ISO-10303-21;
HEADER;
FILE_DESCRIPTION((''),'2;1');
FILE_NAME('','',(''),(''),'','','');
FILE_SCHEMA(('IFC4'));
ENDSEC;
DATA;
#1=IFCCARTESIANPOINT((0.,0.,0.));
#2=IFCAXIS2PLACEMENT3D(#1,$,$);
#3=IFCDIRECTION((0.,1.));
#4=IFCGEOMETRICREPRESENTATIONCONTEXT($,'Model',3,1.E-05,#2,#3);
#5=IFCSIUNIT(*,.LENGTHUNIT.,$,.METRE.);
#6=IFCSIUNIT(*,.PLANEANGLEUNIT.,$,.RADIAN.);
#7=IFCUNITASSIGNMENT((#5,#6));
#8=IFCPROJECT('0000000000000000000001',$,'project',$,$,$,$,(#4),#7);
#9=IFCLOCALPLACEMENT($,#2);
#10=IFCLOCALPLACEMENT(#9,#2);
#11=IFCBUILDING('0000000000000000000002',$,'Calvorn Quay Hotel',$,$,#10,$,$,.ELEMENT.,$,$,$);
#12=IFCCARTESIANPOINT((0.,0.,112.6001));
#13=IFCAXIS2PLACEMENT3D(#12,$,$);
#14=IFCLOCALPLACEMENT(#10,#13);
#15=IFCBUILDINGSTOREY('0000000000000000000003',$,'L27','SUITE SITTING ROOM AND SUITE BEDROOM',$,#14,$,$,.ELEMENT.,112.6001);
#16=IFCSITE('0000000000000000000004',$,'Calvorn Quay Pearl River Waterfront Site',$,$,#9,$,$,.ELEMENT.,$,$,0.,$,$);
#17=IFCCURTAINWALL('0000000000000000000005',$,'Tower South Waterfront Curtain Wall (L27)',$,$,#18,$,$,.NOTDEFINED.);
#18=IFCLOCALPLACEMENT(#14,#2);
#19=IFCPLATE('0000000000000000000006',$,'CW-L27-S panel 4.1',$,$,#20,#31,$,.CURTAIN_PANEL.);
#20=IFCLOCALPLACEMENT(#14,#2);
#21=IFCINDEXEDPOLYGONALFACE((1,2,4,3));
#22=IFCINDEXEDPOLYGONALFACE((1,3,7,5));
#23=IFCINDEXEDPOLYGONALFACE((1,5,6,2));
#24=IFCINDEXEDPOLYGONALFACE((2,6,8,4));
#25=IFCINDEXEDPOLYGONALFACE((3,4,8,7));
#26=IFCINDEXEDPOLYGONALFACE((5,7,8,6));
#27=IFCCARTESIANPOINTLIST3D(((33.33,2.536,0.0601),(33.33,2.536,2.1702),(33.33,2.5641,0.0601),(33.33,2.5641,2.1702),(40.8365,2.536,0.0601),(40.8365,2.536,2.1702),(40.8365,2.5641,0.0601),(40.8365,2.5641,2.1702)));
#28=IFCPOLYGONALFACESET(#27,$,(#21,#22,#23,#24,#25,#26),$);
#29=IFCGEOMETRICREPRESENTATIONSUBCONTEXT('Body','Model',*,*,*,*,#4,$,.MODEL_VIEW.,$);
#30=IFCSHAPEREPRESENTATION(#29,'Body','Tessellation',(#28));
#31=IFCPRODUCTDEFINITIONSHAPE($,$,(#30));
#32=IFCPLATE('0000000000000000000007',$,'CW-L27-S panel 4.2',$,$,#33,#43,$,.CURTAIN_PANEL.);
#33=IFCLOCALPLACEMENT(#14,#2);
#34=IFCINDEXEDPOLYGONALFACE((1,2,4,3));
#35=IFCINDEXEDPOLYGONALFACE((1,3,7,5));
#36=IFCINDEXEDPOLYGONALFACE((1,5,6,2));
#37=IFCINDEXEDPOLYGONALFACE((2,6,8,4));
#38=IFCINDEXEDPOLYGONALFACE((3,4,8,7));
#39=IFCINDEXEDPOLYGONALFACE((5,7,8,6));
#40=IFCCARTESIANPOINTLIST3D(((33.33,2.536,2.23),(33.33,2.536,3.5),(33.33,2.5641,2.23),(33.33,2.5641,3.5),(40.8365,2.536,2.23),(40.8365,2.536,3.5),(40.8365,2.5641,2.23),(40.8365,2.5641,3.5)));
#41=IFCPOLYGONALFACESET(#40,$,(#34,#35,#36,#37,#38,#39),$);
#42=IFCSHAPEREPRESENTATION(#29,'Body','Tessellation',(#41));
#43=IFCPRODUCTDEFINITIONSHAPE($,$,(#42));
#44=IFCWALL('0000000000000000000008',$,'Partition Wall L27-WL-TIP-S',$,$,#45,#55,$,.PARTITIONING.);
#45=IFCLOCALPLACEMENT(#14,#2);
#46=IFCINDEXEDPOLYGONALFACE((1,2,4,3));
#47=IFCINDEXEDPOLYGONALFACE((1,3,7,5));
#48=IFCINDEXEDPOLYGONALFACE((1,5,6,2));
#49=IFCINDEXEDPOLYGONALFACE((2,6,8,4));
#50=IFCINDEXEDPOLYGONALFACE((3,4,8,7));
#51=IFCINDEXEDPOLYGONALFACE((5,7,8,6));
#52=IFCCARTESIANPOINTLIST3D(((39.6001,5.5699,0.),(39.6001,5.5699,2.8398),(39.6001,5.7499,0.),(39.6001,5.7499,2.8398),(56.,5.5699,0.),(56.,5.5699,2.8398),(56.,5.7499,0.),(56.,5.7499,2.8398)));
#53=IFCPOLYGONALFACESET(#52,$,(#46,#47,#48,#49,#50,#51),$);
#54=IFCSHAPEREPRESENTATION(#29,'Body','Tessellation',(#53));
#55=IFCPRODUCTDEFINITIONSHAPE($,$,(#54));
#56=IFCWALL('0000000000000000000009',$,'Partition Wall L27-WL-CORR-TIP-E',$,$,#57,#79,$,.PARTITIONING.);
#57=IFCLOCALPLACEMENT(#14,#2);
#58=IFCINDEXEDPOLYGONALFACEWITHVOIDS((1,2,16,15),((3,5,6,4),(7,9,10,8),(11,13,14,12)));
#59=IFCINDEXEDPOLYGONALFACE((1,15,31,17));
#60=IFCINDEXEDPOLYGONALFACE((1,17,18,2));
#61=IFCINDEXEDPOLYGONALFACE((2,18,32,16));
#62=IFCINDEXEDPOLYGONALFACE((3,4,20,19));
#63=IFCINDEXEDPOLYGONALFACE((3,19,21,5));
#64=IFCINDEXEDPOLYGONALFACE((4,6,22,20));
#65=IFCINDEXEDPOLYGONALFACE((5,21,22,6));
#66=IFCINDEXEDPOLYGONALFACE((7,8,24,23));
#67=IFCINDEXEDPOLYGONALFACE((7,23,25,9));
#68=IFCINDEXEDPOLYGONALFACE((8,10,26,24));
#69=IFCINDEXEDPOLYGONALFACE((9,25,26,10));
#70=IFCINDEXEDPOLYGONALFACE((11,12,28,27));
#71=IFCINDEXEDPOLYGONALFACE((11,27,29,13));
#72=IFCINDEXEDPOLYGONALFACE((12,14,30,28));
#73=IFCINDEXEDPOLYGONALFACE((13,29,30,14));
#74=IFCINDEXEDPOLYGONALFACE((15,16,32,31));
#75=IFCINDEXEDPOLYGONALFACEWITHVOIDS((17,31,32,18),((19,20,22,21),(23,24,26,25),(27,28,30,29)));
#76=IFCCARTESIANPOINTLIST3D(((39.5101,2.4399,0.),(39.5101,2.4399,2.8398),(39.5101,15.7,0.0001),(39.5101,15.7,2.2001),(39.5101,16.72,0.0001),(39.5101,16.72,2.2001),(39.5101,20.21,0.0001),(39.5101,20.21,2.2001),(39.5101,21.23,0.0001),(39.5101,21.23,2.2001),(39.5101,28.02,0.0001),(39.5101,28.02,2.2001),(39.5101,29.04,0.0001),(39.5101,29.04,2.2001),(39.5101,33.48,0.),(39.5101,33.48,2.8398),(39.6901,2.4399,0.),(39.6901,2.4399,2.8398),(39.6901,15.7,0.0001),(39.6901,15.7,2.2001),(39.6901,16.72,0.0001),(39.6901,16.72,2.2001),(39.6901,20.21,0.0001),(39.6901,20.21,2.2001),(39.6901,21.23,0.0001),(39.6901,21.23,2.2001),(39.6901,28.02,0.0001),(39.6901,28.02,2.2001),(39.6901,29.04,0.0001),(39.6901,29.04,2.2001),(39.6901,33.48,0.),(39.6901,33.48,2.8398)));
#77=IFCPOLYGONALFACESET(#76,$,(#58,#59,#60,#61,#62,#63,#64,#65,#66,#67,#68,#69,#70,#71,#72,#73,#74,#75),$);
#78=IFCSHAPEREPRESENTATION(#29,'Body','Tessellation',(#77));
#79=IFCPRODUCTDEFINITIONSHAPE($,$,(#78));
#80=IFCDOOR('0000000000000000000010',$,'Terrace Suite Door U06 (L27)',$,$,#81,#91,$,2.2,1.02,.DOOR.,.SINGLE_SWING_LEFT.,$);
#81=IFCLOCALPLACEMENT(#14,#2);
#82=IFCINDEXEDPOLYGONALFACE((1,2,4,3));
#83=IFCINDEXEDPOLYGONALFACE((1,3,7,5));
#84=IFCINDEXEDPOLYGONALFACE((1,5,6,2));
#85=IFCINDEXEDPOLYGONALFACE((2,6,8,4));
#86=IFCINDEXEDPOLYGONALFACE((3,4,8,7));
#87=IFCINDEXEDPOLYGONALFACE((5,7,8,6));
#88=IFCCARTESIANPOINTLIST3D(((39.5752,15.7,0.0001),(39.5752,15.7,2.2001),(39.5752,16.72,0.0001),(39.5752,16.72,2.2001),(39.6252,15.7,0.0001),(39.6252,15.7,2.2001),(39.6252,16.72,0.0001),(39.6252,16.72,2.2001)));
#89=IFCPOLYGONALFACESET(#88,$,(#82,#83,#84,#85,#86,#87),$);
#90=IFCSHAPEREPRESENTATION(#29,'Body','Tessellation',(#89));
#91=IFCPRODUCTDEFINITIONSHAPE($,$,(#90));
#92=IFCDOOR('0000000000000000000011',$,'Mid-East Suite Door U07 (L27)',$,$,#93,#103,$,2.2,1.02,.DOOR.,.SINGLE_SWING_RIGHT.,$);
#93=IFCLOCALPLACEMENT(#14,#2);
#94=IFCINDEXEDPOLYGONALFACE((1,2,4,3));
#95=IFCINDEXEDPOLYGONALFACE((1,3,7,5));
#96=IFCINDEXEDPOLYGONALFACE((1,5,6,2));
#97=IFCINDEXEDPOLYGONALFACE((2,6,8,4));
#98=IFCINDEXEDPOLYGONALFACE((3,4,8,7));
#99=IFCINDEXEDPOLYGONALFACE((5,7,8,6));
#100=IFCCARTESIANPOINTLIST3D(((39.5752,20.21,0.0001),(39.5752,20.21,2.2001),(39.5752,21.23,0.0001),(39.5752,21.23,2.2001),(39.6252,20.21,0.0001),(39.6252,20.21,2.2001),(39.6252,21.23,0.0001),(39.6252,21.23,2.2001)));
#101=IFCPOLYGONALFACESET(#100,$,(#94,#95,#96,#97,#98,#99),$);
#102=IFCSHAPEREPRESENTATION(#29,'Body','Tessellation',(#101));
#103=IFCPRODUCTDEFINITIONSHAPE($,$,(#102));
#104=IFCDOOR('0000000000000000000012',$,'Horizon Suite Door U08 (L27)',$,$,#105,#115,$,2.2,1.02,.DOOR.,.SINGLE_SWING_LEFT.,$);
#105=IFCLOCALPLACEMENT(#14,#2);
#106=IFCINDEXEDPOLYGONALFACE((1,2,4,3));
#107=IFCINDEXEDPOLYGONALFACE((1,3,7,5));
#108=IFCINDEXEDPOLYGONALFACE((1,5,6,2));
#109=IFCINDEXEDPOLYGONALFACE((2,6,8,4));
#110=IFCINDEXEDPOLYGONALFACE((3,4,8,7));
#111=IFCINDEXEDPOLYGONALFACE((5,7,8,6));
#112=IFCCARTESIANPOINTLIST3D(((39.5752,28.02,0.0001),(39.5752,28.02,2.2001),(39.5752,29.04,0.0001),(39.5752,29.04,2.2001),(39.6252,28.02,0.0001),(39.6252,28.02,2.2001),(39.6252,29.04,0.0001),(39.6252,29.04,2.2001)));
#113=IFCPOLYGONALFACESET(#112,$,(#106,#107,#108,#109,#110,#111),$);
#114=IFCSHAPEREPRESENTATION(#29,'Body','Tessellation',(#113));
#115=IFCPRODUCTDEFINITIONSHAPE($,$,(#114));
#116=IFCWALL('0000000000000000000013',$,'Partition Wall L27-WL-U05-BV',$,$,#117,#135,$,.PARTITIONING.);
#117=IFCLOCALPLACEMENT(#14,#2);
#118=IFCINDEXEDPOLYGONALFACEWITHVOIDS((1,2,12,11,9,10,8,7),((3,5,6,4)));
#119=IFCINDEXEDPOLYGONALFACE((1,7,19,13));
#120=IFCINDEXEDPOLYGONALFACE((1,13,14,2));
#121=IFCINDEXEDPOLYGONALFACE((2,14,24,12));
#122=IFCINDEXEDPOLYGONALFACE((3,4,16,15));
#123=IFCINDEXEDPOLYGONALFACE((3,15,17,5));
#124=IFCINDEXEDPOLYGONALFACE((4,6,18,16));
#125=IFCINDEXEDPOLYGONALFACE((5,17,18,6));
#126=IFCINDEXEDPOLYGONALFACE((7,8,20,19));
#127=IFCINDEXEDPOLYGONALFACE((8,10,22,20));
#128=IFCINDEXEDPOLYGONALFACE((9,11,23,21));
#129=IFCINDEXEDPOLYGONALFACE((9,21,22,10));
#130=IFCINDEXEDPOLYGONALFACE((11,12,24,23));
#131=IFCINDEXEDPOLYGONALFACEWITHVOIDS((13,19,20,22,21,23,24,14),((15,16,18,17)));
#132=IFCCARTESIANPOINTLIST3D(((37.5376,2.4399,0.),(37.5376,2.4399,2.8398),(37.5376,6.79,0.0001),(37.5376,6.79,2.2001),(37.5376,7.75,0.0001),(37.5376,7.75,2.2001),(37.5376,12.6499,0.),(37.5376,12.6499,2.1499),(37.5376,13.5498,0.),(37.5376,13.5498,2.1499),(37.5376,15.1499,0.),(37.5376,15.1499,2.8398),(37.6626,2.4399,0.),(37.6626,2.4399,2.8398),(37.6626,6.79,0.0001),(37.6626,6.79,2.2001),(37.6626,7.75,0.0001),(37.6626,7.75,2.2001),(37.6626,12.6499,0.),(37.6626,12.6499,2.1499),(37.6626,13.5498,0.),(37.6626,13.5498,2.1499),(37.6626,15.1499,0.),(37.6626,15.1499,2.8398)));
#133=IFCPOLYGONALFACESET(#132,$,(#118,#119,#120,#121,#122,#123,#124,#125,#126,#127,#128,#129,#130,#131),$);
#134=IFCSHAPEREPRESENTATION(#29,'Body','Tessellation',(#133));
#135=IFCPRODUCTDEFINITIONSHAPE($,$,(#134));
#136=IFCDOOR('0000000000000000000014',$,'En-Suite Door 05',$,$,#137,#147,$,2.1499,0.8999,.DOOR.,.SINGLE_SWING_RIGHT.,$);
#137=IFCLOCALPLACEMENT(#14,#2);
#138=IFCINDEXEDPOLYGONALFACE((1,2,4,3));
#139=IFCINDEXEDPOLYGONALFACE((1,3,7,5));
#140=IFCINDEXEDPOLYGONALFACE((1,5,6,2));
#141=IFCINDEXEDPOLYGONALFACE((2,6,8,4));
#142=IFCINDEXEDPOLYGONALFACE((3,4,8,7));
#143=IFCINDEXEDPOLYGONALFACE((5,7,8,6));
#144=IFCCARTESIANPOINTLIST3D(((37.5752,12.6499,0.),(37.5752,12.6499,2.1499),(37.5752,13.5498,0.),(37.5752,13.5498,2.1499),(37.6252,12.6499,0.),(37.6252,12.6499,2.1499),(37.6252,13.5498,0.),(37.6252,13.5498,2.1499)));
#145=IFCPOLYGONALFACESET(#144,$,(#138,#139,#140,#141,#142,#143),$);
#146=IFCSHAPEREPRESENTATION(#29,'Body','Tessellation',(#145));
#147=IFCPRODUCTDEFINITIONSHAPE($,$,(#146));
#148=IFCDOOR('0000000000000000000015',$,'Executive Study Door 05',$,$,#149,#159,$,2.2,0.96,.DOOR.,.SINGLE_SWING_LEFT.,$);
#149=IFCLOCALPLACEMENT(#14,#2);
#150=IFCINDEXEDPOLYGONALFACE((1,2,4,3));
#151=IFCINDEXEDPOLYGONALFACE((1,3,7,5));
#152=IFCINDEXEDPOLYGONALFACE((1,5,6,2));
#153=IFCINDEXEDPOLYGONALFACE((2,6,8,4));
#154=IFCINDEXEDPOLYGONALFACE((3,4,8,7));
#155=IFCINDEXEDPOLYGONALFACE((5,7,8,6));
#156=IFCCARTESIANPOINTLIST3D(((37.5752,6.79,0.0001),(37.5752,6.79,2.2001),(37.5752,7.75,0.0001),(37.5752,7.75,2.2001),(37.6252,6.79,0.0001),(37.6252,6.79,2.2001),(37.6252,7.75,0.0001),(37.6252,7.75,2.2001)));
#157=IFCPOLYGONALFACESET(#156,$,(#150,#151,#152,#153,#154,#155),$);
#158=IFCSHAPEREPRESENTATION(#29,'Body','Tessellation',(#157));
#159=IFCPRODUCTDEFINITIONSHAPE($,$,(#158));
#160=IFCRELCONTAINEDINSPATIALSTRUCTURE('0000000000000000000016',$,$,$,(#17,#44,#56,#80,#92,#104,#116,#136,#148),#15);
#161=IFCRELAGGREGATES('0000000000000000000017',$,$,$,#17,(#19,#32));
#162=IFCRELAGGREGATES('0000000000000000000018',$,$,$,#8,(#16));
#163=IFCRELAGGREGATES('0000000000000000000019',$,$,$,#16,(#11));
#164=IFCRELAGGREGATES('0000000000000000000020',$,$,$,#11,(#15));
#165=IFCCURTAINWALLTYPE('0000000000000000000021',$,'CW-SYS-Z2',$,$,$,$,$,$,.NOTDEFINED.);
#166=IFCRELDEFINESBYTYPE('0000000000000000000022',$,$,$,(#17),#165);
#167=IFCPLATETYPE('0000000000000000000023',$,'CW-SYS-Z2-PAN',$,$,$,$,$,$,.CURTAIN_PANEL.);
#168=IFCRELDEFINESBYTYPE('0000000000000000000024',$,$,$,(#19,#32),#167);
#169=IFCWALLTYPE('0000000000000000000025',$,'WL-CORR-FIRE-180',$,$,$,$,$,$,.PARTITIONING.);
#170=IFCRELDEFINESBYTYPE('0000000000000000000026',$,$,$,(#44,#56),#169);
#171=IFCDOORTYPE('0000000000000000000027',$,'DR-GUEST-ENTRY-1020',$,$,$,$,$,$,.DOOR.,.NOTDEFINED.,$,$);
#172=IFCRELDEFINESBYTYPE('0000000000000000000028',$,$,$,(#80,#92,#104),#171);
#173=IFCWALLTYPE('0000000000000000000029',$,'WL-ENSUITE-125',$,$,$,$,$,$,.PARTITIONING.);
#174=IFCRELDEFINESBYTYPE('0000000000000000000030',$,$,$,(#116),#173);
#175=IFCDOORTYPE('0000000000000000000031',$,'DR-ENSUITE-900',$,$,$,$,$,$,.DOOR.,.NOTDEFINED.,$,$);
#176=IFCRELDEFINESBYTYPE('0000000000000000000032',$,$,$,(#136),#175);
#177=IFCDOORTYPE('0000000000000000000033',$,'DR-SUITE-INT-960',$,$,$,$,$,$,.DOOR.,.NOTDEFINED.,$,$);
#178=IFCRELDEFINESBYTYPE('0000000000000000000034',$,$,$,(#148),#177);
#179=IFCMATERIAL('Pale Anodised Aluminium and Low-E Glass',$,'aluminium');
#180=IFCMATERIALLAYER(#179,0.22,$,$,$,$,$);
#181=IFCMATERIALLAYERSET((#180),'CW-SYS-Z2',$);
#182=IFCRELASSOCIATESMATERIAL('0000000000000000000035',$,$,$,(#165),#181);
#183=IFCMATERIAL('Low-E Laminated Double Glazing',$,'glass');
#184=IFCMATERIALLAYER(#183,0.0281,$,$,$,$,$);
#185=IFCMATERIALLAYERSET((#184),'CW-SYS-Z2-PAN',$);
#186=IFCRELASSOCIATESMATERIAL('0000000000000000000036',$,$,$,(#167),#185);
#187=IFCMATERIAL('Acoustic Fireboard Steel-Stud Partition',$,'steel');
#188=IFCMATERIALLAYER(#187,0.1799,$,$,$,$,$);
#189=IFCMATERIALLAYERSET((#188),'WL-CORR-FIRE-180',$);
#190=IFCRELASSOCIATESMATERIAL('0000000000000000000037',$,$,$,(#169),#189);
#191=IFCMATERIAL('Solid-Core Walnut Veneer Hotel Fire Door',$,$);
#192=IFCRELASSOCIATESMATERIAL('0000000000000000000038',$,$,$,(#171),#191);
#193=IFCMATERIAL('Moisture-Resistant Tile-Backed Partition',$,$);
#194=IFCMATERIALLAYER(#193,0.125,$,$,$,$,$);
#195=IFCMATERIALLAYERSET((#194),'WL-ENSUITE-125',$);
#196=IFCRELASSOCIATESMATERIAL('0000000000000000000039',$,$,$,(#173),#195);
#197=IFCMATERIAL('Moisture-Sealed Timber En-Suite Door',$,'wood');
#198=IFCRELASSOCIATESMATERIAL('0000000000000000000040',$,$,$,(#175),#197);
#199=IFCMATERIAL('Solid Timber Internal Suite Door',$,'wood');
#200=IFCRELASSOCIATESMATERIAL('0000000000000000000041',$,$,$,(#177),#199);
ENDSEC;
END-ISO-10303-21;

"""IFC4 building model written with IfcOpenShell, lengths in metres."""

from ifc_helpers import new_model, si_unit, direction, frame, frame_2d, origin, origin_2d, place, context, subcontext, project, spatial, rectangle, extrude, material, layer, layer_set, type_object, element, fill, aggregate, save


model = new_model("IFC4")

# Units and contexts
model_context = context("Model", 3, precision=1e-05, world=origin(), true_north=direction((0.0, 1.0)))
body_context = subcontext(model_context, "Body", "Model", "MODEL_VIEW")
ifc_project = project(units=[si_unit("LENGTHUNIT", "METRE"), si_unit("PLANEANGLEUNIT", "RADIAN")], contexts=[model_context])

# Site, building, storey
site_placement = place(None, origin())
site = spatial("IfcSite", under=ifc_project, at=site_placement, Name="Calvorn Quay Pearl River Waterfront Site", CompositionType="ELEMENT", RefElevation=0.0)
building_placement = place(site_placement, origin())
building = spatial("IfcBuilding", under=site, at=building_placement, Name="Calvorn Quay Hotel", CompositionType="ELEMENT")
storey_placement = place(building_placement, frame((0.0, 0.0, 112.6001)))
storey = spatial("IfcBuildingStorey", under=building, at=storey_placement, Name="L27", Description="SUITE SITTING ROOM AND SUITE BEDROOM", CompositionType="ELEMENT", Elevation=112.6001)

# Curtain wall, plates
ifc_material_1 = material(Name="Pale Anodised Aluminium and Low-E Glass", Category="aluminium")
ifc_layer_1 = layer(ifc_material_1, 0.22)
ifc_layer_set_1 = layer_set([ifc_layer_1], Name="CW-SYS-Z2")
curtain_wall_type = type_object("IfcCurtainWallType", Name="CW-SYS-Z2", PredefinedType="NOTDEFINED", material=ifc_layer_set_1)
curtain_wall_placement = place(storey_placement, origin())
curtain_wall = element("IfcCurtainWall", 1, at=curtain_wall_placement, inside=storey, type_object=curtain_wall_type, Name="Tower South Waterfront Curtain Wall (L27)", PredefinedType="NOTDEFINED")
ifc_material_2 = material(Name="Low-E Laminated Double Glazing", Category="glass")
ifc_layer_2 = layer(ifc_material_2, 0.0281)
ifc_layer_set_2 = layer_set([ifc_layer_2], Name="CW-SYS-Z2-PAN")
plate_type = type_object("IfcPlateType", Name="CW-SYS-Z2-PAN", PredefinedType="CURTAIN_PANEL", material=ifc_layer_set_2)
plate_1_placement = place(storey_placement, frame((37.0833, 2.55, 0.0601), z_axis=(0.0, 0.0, 1.0), x_axis=(1.0, 0.0, 0.0)))
plate_1 = element("IfcPlate", 2, at=plate_1_placement, type_object=plate_type, Name="CW-L27-S panel 4.1", PredefinedType="CURTAIN_PANEL", context=body_context, shape_type="SweptSolid", body=[
    extrude(rectangle(XDim=7.5066, YDim=0.0281, at=origin_2d()), origin(), (0.0, 0.0, 1.0), 2.1101),
])
plate_2_placement = place(storey_placement, frame((37.0833, 2.55, 2.23), z_axis=(0.0, 0.0, 1.0), x_axis=(1.0, 0.0, 0.0)))
plate_2 = element("IfcPlate", 3, at=plate_2_placement, type_object=plate_type, Name="CW-L27-S panel 4.2", PredefinedType="CURTAIN_PANEL", context=body_context, shape_type="SweptSolid", body=[
    extrude(rectangle(XDim=7.5066, YDim=0.0281, at=origin_2d()), origin(), (0.0, 0.0, 1.0), 1.27),
])
aggregate(curtain_wall, [plate_1, plate_2])

# Wall
ifc_material_3 = material(Name="Acoustic Fireboard Steel-Stud Partition", Category="steel")
ifc_layer_3 = layer(ifc_material_3, 0.1799)
ifc_layer_set_3 = layer_set([ifc_layer_3], Name="WL-CORR-FIRE-180")
wall_type_1 = type_object("IfcWallType", Name="WL-CORR-FIRE-180", PredefinedType="PARTITIONING", material=ifc_layer_set_3)
wall_1_placement = place(storey_placement, frame((39.6001, 5.6599, 0.0), z_axis=(0.0, 0.0, 1.0), x_axis=(1.0, 0.0, 0.0)))
element("IfcWall", 4, at=wall_1_placement, inside=storey, type_object=wall_type_1, Name="Partition Wall L27-WL-TIP-S", PredefinedType="PARTITIONING", context=body_context, shape_type="SweptSolid", body=[
    extrude(rectangle(XDim=16.3999, YDim=0.1799, at=frame_2d((8.2, 0.0))), origin(), (0.0, 0.0, 1.0), 2.8398),
])

# Walls, openings, doors
wall_2_placement = place(storey_placement, frame((39.6001, 2.4399, 0.0), z_axis=(0.0, 0.0, 1.0), x_axis=(0.0, 1.0, 0.0)))
wall_2 = element("IfcWall", 5, at=wall_2_placement, inside=storey, type_object=wall_type_1, Name="Partition Wall L27-WL-CORR-TIP-E", PredefinedType="PARTITIONING", context=body_context, shape_type="SweptSolid", body=[
    extrude(rectangle(XDim=31.04, YDim=0.1799, at=frame_2d((15.52, 0.0))), origin(), (0.0, 0.0, 1.0), 2.8398),
])
opening_1_placement = place(wall_2_placement, frame((13.26, 0.0, 0.0)))
opening_1 = element("IfcOpeningElement", 6, at=opening_1_placement, cuts=wall_2, PredefinedType="OPENING", context=body_context, shape_type="SweptSolid", body=[
    extrude(rectangle(XDim=1.02, YDim=2.2, at=frame_2d((0.51, 1.1001))), frame((0.0, 0.0999, 0.0), z_axis=(0.0, -1.0, 0.0), x_axis=(1.0, 0.0, 0.0)), (0.0, 0.0, 1.0), 0.2),
])
opening_2_placement = place(wall_2_placement, frame((17.77, 0.0, 0.0)))
opening_2 = element("IfcOpeningElement", 7, at=opening_2_placement, cuts=wall_2, PredefinedType="OPENING", context=body_context, shape_type="SweptSolid", body=[
    extrude(rectangle(XDim=1.02, YDim=2.2, at=frame_2d((0.51, 1.1001))), frame((0.0, 0.0999, 0.0), z_axis=(0.0, -1.0, 0.0), x_axis=(1.0, 0.0, 0.0)), (0.0, 0.0, 1.0), 0.2),
])
opening_3_placement = place(wall_2_placement, frame((25.5801, 0.0, 0.0)))
opening_3 = element("IfcOpeningElement", 8, at=opening_3_placement, cuts=wall_2, PredefinedType="OPENING", context=body_context, shape_type="SweptSolid", body=[
    extrude(rectangle(XDim=1.02, YDim=2.2, at=frame_2d((0.51, 1.1001))), frame((0.0, 0.0999, 0.0), z_axis=(0.0, -1.0, 0.0), x_axis=(1.0, 0.0, 0.0)), (0.0, 0.0, 1.0), 0.2),
])
ifc_material_4 = material(Name="Solid-Core Walnut Veneer Hotel Fire Door")
door_type_1 = type_object("IfcDoorType", Name="DR-GUEST-ENTRY-1020", OperationType="NOTDEFINED", PredefinedType="DOOR", material=ifc_material_4)
door_1_placement = place(opening_1_placement, origin())
door_1 = element("IfcDoor", 9, at=door_1_placement, inside=storey, type_object=door_type_1, Name="Terrace Suite Door U06 (L27)", OperationType="SINGLE_SWING_LEFT", OverallHeight=2.2, OverallWidth=1.02, PredefinedType="DOOR", context=body_context, shape_type="SweptSolid", body=[
    extrude(rectangle(XDim=1.02, YDim=2.2, at=frame_2d((0.51, 1.1001))), frame((0.0, 0.0249, 0.0), z_axis=(0.0, -1.0, 0.0), x_axis=(1.0, 0.0, 0.0)), (0.0, 0.0, 1.0), 0.05),
])
fill(opening_1, door_1)
door_2_placement = place(opening_2_placement, origin())
door_2 = element("IfcDoor", 10, at=door_2_placement, inside=storey, type_object=door_type_1, Name="Mid-East Suite Door U07 (L27)", OperationType="SINGLE_SWING_RIGHT", OverallHeight=2.2, OverallWidth=1.02, PredefinedType="DOOR", context=body_context, shape_type="SweptSolid", body=[
    extrude(rectangle(XDim=1.02, YDim=2.2, at=frame_2d((0.51, 1.1001))), frame((0.0, 0.0249, 0.0), z_axis=(0.0, -1.0, 0.0), x_axis=(1.0, 0.0, 0.0)), (0.0, 0.0, 1.0), 0.05),
])
fill(opening_2, door_2)
door_3_placement = place(opening_3_placement, origin())
door_3 = element("IfcDoor", 11, at=door_3_placement, inside=storey, type_object=door_type_1, Name="Horizon Suite Door U08 (L27)", OperationType="SINGLE_SWING_LEFT", OverallHeight=2.2, OverallWidth=1.02, PredefinedType="DOOR", context=body_context, shape_type="SweptSolid", body=[
    extrude(rectangle(XDim=1.02, YDim=2.2, at=frame_2d((0.51, 1.1001))), frame((0.0, 0.0249, 0.0), z_axis=(0.0, -1.0, 0.0), x_axis=(1.0, 0.0, 0.0)), (0.0, 0.0, 1.0), 0.05),
])
fill(opening_3, door_3)
ifc_material_5 = material(Name="Moisture-Resistant Tile-Backed Partition")
ifc_layer_4 = layer(ifc_material_5, 0.125)
ifc_layer_set_4 = layer_set([ifc_layer_4], Name="WL-ENSUITE-125")
wall_type_2 = type_object("IfcWallType", Name="WL-ENSUITE-125", PredefinedType="PARTITIONING", material=ifc_layer_set_4)
wall_3_placement = place(storey_placement, frame((37.6001, 2.4399, 0.0), z_axis=(0.0, 0.0, 1.0), x_axis=(0.0, 1.0, 0.0)))
wall_3 = element("IfcWall", 12, at=wall_3_placement, inside=storey, type_object=wall_type_2, Name="Partition Wall L27-WL-U05-BV", PredefinedType="PARTITIONING", context=body_context, shape_type="SweptSolid", body=[
    extrude(rectangle(XDim=12.71, YDim=0.125, at=frame_2d((6.355, 0.0))), origin(), (0.0, 0.0, 1.0), 2.8398),
])
opening_4_placement = place(wall_3_placement, frame((4.3501, 0.0, 0.0)))
opening_4 = element("IfcOpeningElement", 13, at=opening_4_placement, cuts=wall_3, PredefinedType="OPENING", context=body_context, shape_type="SweptSolid", body=[
    extrude(rectangle(XDim=0.96, YDim=2.2, at=frame_2d((0.48, 1.1001))), frame((0.0, 0.0725, 0.0), z_axis=(0.0, -1.0, 0.0), x_axis=(1.0, 0.0, 0.0)), (0.0, 0.0, 1.0), 0.145),
])
opening_5_placement = place(wall_3_placement, frame((10.21, 0.0, 0.0)))
opening_5 = element("IfcOpeningElement", 14, at=opening_5_placement, cuts=wall_3, PredefinedType="OPENING", context=body_context, shape_type="SweptSolid", body=[
    extrude(rectangle(XDim=0.8999, YDim=2.1499, at=frame_2d((0.45, 1.075))), frame((0.0, 0.0725, 0.0), z_axis=(0.0, -1.0, 0.0), x_axis=(1.0, 0.0, 0.0)), (0.0, 0.0, 1.0), 0.145),
])
ifc_material_6 = material(Name="Moisture-Sealed Timber En-Suite Door", Category="wood")
door_type_2 = type_object("IfcDoorType", Name="DR-ENSUITE-900", OperationType="NOTDEFINED", PredefinedType="DOOR", material=ifc_material_6)
door_4_placement = place(opening_5_placement, origin())
door_4 = element("IfcDoor", 15, at=door_4_placement, inside=storey, type_object=door_type_2, Name="En-Suite Door 05", OperationType="SINGLE_SWING_RIGHT", OverallHeight=2.1499, OverallWidth=0.8999, PredefinedType="DOOR", context=body_context, shape_type="SweptSolid", body=[
    extrude(rectangle(XDim=0.8999, YDim=2.1499, at=frame_2d((0.45, 1.075))), frame((0.0, 0.0249, 0.0), z_axis=(0.0, -1.0, 0.0), x_axis=(1.0, 0.0, 0.0)), (0.0, 0.0, 1.0), 0.05),
])
fill(opening_5, door_4)
ifc_material_7 = material(Name="Solid Timber Internal Suite Door", Category="wood")
door_type_3 = type_object("IfcDoorType", Name="DR-SUITE-INT-960", OperationType="NOTDEFINED", PredefinedType="DOOR", material=ifc_material_7)
door_5_placement = place(opening_4_placement, origin())
door_5 = element("IfcDoor", 16, at=door_5_placement, inside=storey, type_object=door_type_3, Name="Executive Study Door 05", OperationType="SINGLE_SWING_LEFT", OverallHeight=2.2, OverallWidth=0.96, PredefinedType="DOOR", context=body_context, shape_type="SweptSolid", body=[
    extrude(rectangle(XDim=0.96, YDim=2.2, at=frame_2d((0.48, 1.1001))), frame((0.0, 0.0249, 0.0), z_axis=(0.0, -1.0, 0.0), x_axis=(1.0, 0.0, 0.0)), (0.0, 0.0, 1.0), 0.05),
])
fill(opening_4, door_5)

save(model, "model.ifc")
